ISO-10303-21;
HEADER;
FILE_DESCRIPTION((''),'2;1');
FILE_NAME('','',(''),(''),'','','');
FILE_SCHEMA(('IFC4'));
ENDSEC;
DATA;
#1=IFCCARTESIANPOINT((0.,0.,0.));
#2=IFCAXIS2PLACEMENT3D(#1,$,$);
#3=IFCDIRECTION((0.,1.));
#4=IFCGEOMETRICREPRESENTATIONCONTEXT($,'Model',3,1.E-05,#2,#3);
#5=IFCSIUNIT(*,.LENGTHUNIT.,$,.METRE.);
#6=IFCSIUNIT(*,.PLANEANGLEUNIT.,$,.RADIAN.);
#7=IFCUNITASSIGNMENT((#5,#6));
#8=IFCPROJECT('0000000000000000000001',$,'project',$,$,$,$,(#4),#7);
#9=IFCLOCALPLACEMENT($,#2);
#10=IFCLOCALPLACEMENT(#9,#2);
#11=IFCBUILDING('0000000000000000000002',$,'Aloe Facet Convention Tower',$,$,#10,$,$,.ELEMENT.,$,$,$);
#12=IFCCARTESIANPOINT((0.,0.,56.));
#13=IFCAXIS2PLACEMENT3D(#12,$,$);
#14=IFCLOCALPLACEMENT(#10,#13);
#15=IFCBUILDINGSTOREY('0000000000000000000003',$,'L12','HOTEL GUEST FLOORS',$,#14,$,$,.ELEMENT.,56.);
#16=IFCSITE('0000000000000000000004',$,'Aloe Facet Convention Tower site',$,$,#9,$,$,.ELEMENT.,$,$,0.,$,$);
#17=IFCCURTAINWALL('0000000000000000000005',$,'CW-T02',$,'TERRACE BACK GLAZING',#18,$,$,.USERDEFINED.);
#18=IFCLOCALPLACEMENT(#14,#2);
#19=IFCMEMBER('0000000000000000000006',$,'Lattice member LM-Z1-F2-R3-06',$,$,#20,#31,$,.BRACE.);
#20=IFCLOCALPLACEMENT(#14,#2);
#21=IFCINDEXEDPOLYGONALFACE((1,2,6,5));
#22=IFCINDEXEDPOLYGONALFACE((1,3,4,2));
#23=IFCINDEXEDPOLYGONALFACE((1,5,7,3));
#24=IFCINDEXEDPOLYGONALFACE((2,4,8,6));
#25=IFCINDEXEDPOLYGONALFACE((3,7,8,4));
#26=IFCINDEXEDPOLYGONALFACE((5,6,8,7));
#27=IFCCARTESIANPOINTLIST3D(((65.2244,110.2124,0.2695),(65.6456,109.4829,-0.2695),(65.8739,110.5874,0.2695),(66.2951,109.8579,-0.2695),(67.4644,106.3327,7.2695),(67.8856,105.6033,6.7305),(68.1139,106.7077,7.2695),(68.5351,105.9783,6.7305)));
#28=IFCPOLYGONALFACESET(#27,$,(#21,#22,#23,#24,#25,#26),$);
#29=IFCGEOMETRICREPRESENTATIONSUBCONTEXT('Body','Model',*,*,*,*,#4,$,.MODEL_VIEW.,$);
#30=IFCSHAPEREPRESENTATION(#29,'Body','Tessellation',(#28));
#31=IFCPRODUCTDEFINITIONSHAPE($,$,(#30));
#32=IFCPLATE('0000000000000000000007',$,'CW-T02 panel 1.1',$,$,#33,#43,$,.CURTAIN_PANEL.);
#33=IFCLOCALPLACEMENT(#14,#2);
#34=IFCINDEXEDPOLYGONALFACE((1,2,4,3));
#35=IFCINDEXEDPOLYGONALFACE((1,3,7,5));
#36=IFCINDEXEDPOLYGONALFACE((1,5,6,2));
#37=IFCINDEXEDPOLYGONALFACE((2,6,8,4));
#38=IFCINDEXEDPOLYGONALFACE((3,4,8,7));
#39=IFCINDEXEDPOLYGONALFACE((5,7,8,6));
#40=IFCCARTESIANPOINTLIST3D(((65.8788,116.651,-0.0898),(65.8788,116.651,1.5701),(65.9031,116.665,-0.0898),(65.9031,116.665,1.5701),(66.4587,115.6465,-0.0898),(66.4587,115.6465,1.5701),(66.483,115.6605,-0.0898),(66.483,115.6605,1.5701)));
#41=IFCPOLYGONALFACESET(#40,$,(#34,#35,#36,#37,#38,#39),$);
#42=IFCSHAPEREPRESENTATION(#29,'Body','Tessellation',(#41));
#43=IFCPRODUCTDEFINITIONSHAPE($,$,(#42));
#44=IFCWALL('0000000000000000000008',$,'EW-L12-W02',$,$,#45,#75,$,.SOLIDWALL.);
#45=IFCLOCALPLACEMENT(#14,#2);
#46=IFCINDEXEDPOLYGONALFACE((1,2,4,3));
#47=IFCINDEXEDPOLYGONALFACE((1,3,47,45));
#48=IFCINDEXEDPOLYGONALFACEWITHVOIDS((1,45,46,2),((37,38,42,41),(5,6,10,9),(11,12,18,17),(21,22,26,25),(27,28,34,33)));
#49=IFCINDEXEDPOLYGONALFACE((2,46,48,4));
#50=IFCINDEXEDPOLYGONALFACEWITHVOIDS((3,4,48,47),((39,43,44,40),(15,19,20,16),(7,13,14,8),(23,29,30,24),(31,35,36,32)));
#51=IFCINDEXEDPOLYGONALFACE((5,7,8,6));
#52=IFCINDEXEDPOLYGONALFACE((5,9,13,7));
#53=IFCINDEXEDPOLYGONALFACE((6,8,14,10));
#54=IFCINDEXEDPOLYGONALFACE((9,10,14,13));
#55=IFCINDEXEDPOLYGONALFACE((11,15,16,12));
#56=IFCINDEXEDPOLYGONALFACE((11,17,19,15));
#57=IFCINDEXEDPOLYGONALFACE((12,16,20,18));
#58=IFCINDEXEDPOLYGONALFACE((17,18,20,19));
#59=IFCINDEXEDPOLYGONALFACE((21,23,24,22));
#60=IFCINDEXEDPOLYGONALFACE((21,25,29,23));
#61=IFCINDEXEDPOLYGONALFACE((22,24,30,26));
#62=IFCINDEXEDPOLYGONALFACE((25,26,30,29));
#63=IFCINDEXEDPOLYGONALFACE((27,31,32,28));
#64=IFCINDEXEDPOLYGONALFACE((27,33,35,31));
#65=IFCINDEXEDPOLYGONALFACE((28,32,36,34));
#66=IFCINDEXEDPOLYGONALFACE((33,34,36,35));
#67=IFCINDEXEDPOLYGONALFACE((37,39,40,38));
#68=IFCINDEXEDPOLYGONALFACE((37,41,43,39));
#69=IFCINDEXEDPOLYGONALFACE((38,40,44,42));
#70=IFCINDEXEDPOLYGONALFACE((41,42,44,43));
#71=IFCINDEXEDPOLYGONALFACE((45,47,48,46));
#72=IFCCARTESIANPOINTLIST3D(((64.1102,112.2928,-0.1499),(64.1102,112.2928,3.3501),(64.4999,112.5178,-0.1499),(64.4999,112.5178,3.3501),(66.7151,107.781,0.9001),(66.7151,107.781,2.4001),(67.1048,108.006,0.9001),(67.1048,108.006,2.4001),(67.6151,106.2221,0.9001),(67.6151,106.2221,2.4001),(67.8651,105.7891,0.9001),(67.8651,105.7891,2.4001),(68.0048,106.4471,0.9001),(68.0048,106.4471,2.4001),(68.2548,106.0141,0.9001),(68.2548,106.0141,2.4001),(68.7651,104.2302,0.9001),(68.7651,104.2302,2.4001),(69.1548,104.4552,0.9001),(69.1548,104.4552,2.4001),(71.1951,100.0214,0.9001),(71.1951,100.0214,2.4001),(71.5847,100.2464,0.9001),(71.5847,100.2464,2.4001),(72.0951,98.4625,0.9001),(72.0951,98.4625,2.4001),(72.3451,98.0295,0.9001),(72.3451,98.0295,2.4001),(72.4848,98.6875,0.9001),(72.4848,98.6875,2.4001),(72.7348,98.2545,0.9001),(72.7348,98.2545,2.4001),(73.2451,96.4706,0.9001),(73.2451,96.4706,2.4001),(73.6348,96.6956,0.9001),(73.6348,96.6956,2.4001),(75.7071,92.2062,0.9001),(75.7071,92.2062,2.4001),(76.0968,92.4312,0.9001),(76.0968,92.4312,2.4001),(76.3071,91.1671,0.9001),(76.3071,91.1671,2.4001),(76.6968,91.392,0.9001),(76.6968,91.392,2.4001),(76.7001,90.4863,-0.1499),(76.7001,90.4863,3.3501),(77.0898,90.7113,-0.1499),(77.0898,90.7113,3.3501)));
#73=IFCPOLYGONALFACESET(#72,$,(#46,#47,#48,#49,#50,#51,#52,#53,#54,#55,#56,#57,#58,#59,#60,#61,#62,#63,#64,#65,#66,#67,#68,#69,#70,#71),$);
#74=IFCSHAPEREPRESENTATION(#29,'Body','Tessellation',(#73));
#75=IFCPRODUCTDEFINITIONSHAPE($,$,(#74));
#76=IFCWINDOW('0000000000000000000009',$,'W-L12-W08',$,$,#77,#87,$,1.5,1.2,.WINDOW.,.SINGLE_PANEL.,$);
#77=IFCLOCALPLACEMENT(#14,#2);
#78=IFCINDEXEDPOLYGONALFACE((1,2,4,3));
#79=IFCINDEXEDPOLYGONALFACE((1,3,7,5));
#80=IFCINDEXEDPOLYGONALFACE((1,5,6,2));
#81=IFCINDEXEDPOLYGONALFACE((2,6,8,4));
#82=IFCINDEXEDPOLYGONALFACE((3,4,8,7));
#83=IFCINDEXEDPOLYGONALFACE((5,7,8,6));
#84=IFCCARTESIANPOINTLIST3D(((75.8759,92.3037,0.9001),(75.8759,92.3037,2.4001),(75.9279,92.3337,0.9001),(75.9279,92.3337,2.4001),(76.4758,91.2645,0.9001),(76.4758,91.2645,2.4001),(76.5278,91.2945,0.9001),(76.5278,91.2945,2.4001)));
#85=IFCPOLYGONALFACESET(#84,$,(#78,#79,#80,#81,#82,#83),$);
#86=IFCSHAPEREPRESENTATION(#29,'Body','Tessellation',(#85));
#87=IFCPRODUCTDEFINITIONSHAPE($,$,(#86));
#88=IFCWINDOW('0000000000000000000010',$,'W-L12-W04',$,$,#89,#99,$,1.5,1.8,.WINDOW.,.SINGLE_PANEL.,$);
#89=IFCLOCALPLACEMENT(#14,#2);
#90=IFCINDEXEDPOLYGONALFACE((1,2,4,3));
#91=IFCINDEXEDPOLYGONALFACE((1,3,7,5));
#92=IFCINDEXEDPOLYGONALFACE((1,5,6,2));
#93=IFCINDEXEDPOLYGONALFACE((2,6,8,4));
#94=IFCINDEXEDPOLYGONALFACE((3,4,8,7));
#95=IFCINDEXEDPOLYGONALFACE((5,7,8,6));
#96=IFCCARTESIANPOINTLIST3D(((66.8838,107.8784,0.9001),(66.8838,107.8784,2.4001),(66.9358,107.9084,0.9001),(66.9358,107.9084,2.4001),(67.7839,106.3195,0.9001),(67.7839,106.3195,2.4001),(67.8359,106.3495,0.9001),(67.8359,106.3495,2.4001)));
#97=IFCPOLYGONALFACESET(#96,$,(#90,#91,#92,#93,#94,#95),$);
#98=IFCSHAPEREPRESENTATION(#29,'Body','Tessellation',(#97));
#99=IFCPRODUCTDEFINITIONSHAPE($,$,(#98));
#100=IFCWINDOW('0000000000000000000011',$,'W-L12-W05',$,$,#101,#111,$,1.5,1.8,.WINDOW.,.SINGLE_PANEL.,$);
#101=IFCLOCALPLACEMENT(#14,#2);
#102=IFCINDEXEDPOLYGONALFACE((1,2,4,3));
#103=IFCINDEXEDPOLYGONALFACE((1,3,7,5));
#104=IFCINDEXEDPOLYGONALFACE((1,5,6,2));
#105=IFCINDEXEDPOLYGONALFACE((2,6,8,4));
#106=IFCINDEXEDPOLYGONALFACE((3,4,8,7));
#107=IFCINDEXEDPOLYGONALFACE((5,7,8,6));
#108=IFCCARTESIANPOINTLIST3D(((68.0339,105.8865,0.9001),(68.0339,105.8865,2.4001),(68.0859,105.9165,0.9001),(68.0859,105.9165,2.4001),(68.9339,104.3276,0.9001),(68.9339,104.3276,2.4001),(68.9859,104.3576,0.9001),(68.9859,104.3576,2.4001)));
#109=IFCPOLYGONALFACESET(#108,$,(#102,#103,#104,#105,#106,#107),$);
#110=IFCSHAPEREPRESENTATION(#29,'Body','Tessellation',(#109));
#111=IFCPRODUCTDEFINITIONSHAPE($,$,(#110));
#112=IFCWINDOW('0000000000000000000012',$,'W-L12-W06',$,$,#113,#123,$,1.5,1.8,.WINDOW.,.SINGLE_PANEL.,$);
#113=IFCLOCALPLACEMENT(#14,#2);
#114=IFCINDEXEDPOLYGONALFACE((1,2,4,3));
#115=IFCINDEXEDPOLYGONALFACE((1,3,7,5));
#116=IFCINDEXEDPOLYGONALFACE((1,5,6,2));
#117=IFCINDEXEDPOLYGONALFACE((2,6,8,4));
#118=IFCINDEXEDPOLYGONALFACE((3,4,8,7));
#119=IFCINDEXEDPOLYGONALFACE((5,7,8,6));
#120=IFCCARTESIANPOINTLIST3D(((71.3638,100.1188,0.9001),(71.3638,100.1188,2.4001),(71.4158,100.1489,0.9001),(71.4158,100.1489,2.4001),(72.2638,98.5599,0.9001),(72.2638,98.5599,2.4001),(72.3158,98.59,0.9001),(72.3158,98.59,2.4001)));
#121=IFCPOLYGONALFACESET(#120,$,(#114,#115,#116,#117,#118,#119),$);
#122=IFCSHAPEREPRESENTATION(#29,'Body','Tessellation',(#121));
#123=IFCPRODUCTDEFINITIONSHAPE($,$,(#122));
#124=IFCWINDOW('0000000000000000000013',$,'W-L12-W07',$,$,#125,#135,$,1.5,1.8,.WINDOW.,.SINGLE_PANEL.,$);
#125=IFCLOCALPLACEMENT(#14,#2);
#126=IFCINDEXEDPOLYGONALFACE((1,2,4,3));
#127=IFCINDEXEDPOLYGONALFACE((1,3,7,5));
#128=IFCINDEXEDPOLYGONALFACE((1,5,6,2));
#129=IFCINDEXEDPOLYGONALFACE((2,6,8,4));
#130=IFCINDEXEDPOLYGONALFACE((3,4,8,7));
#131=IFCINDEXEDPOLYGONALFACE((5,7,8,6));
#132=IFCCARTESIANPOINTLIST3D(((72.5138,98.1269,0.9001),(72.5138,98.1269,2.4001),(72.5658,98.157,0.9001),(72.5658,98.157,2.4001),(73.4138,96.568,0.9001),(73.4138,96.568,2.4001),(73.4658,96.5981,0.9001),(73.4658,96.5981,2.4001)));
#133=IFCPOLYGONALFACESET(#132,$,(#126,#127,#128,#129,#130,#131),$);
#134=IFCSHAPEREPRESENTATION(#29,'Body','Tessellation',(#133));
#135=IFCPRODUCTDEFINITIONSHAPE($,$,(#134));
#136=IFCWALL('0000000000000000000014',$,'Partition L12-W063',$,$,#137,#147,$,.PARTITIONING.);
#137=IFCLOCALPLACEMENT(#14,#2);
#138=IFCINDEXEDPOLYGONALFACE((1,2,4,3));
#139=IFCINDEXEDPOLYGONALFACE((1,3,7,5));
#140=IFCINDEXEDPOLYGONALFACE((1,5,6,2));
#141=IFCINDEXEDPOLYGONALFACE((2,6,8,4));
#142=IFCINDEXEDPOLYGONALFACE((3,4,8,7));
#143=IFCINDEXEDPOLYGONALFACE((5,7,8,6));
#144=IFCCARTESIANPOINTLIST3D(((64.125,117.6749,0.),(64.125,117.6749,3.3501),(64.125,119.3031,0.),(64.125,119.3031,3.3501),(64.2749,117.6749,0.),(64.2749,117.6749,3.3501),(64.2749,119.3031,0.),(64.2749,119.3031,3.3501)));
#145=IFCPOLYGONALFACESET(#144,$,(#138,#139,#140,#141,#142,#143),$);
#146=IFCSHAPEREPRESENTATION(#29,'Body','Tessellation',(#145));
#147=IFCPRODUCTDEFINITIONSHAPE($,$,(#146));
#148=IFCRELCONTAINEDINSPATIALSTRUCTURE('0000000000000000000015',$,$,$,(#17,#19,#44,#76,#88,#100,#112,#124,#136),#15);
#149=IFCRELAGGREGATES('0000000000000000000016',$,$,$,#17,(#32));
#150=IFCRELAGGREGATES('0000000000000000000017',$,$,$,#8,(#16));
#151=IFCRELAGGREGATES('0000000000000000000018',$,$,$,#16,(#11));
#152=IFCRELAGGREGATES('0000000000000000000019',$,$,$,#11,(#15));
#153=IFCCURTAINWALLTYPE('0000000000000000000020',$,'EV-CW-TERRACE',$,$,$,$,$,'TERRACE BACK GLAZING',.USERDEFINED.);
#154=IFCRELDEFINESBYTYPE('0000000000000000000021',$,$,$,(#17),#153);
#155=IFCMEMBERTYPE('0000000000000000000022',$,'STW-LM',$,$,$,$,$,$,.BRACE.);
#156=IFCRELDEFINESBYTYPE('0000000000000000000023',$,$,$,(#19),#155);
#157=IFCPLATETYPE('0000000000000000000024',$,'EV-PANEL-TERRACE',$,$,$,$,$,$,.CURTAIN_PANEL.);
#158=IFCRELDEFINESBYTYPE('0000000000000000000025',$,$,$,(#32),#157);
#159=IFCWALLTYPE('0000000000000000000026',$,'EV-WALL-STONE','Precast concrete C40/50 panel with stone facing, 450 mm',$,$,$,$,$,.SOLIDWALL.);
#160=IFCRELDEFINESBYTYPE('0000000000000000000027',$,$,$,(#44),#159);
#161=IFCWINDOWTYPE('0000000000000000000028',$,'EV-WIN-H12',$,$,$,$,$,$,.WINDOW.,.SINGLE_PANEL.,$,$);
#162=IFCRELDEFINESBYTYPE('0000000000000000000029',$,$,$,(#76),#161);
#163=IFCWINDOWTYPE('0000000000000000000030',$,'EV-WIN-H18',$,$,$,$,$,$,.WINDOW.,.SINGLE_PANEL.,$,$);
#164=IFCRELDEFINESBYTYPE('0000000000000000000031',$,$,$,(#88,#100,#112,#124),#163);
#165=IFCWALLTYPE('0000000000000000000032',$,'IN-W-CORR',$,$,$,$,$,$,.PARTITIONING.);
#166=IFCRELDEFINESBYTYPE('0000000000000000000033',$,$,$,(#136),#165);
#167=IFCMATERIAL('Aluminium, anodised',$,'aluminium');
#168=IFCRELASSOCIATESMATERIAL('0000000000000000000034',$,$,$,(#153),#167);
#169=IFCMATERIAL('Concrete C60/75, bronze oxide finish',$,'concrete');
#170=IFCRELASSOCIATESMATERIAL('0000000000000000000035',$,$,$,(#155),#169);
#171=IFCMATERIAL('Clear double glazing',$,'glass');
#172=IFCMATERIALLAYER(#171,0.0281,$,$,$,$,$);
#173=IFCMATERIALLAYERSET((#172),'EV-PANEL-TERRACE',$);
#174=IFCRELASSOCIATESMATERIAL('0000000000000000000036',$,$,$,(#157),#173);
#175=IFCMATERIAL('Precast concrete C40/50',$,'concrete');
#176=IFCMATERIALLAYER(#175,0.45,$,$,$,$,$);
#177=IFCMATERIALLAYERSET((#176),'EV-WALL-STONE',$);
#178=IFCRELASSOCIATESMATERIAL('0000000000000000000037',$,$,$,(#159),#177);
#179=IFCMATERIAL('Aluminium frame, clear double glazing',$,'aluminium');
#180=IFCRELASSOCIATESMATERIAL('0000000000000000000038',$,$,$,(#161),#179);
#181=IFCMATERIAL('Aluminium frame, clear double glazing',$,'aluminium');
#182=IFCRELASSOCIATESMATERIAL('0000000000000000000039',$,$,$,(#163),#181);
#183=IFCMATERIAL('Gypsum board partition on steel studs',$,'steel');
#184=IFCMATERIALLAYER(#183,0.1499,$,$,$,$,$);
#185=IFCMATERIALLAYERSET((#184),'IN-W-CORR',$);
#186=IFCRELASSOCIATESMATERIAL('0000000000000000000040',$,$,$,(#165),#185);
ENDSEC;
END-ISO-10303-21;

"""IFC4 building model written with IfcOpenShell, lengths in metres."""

from ifc_helpers import new_model, si_unit, direction, frame, frame_2d, origin, origin_2d, place, context, subcontext, project, spatial, polyline, rectangle, outline, extrude, material, layer, layer_set, material_profile, profile_set, type_object, element, fill, aggregate, save


model = new_model("IFC4")

# Units and contexts
model_context = context("Model", 3, precision=1e-05, world=origin(), true_north=direction((0.0, 1.0)))
body_context = subcontext(model_context, "Body", "Model", "MODEL_VIEW")
ifc_project = project(units=[si_unit("LENGTHUNIT", "METRE"), si_unit("PLANEANGLEUNIT", "RADIAN")], contexts=[model_context])

# Site, building, storey
site_placement = place(None, origin())
site = spatial("IfcSite", under=ifc_project, at=site_placement, Name="Aloe Facet Convention Tower site", CompositionType="ELEMENT", RefElevation=0.0)
building_placement = place(site_placement, origin())
building = spatial("IfcBuilding", under=site, at=building_placement, Name="Aloe Facet Convention Tower", CompositionType="ELEMENT")
storey_placement = place(building_placement, frame((0.0, 0.0, 56.0)))
storey = spatial("IfcBuildingStorey", under=building, at=storey_placement, Name="L12", Description="HOTEL GUEST FLOORS", CompositionType="ELEMENT", Elevation=56.0)

# Curtain wall
ifc_material_1 = material(Name="Aluminium, anodised", Category="aluminium")
curtain_wall_type = type_object("IfcCurtainWallType", Name="EV-CW-TERRACE", ElementType="TERRACE BACK GLAZING", PredefinedType="USERDEFINED", material=ifc_material_1)
curtain_wall_placement = place(storey_placement, origin())
curtain_wall = element("IfcCurtainWall", 1, at=curtain_wall_placement, inside=storey, type_object=curtain_wall_type, Name="CW-T02", ObjectType="TERRACE BACK GLAZING", PredefinedType="USERDEFINED")

# Member
ifc_material_2 = material(Name="Concrete C60/75, bronze oxide finish", Category="concrete")
ifc_material_profile_1 = material_profile(ifc_material_2, rectangle(XDim=0.75, YDim=1.0, at=origin_2d()), Name="STW-LM")
ifc_profile_set_1 = profile_set([ifc_material_profile_1], Name="Concrete C60/75, bronze oxide finish")
member_type_1 = type_object("IfcMemberType", Name="STW-LM", PredefinedType="BRACE", material=ifc_profile_set_1)
for number, where, z_axis, x_axis, name in (
    (2, (65.7598, 110.0352, 0.0), (0.269528, -0.46682, 0.842279), (0.866018, 0.500013, 0.0), "Lattice member LM-Z1-F2-R3-06"),
):
    element("IfcMember", number, at=place(storey_placement, frame(where, z_axis=z_axis, x_axis=x_axis)), inside=storey, type_object=member_type_1, Name=name, PredefinedType="BRACE", context=body_context, shape_type="SweptSolid", body=[
        extrude(rectangle(XDim=0.75, YDim=1.0, at=origin_2d()), origin(), (0.0, 0.0, 1.0), 8.3108),
    ])

# Plate
ifc_material_3 = material(Name="Clear double glazing", Category="glass")
ifc_layer_1 = layer(ifc_material_3, 0.0281)
ifc_layer_set_1 = layer_set([ifc_layer_1], Name="EV-PANEL-TERRACE")
plate_type = type_object("IfcPlateType", Name="EV-PANEL-TERRACE", PredefinedType="CURTAIN_PANEL", material=ifc_layer_set_1)
plate_placement = place(storey_placement, frame((66.1809, 116.1558, -0.0898), z_axis=(0.0, 0.0, 1.0), x_axis=(0.5, -0.866025, 0.0)))
plate = element("IfcPlate", 3, at=plate_placement, type_object=plate_type, Name="CW-T02 panel 1.1", PredefinedType="CURTAIN_PANEL", context=body_context, shape_type="SweptSolid", body=[
    extrude(rectangle(XDim=1.1599, YDim=0.0281, at=origin_2d()), origin(), (0.0, 0.0, 1.0), 1.6599),
])
aggregate(curtain_wall, [plate])

# Wall, openings, windows
ifc_material_4 = material(Name="Precast concrete C40/50", Category="concrete")
ifc_layer_2 = layer(ifc_material_4, 0.45)
ifc_layer_set_2 = layer_set([ifc_layer_2], Name="EV-WALL-STONE")
wall_type_1 = type_object("IfcWallType", Name="EV-WALL-STONE", Description="Precast concrete C40/50 panel with stone facing, 450 mm", PredefinedType="SOLIDWALL", material=ifc_layer_set_2)
wall_1_placement = place(storey_placement, frame((64.3049, 112.4053, -0.1499), z_axis=(0.0, 0.0, 1.0), x_axis=(0.499997, -0.866027, 0.0)))
wall_1 = element("IfcWall", 4, at=wall_1_placement, inside=storey, type_object=wall_type_1, Name="EW-L12-W02", PredefinedType="SOLIDWALL", context=body_context, shape_type="SweptSolid", body=[
    extrude(outline(polyline([(25.1799, 3.5), (25.1799, 0.0), (0.0, 0.0), (0.0, 3.5), (25.1799, 3.5)])), frame((0.0, 0.2251, 0.0), z_axis=(0.0, -1.0, 0.0), x_axis=(1.0, 0.0, 0.0)), (0.0, 0.0, 1.0), 0.45),
])
opening_1_placement = place(wall_1_placement, frame((5.21, 0.0, 1.05)))
opening_1 = element("IfcOpeningElement", 5, at=opening_1_placement, cuts=wall_1, PredefinedType="OPENING", context=body_context, shape_type="SweptSolid", body=[
    extrude(rectangle(XDim=1.8, YDim=1.5, at=frame_2d((0.8999, 0.75))), frame((0.0, 0.2349, 0.0), z_axis=(0.0, -1.0, 0.0), x_axis=(1.0, 0.0, 0.0)), (0.0, 0.0, 1.0), 0.47),
])
opening_2_placement = place(wall_1_placement, frame((7.51, 0.0, 1.05)))
opening_2 = element("IfcOpeningElement", 6, at=opening_2_placement, cuts=wall_1, PredefinedType="OPENING", context=body_context, shape_type="SweptSolid", body=[
    extrude(rectangle(XDim=1.8, YDim=1.5, at=frame_2d((0.8999, 0.75))), frame((0.0, 0.2349, 0.0), z_axis=(0.0, -1.0, 0.0), x_axis=(1.0, 0.0, 0.0)), (0.0, 0.0, 1.0), 0.47),
])
opening_3_placement = place(wall_1_placement, frame((14.1699, 0.0, 1.05)))
opening_3 = element("IfcOpeningElement", 7, at=opening_3_placement, cuts=wall_1, PredefinedType="OPENING", context=body_context, shape_type="SweptSolid", body=[
    extrude(rectangle(XDim=1.8, YDim=1.5, at=frame_2d((0.8999, 0.75))), frame((0.0, 0.2349, 0.0), z_axis=(0.0, -1.0, 0.0), x_axis=(1.0, 0.0, 0.0)), (0.0, 0.0, 1.0), 0.47),
])
opening_4_placement = place(wall_1_placement, frame((16.47, 0.0, 1.05)))
opening_4 = element("IfcOpeningElement", 8, at=opening_4_placement, cuts=wall_1, PredefinedType="OPENING", context=body_context, shape_type="SweptSolid", body=[
    extrude(rectangle(XDim=1.8, YDim=1.5, at=frame_2d((0.8999, 0.75))), frame((0.0, 0.2349, 0.0), z_axis=(0.0, -1.0, 0.0), x_axis=(1.0, 0.0, 0.0)), (0.0, 0.0, 1.0), 0.47),
])
opening_5_placement = place(wall_1_placement, frame((23.1938, 0.0, 1.05)))
opening_5 = element("IfcOpeningElement", 9, at=opening_5_placement, cuts=wall_1, PredefinedType="OPENING", context=body_context, shape_type="SweptSolid", body=[
    extrude(rectangle(XDim=1.2, YDim=1.5, at=frame_2d((0.6001, 0.75))), frame((0.0, 0.2349, 0.0), z_axis=(0.0, -1.0, 0.0), x_axis=(1.0, 0.0, 0.0)), (0.0, 0.0, 1.0), 0.47),
])
ifc_material_5 = material(Name="Aluminium frame, clear double glazing", Category="aluminium")
window_type_1 = type_object("IfcWindowType", Name="EV-WIN-H12", PartitioningType="SINGLE_PANEL", PredefinedType="WINDOW", material=ifc_material_5)
window_1_placement = place(opening_5_placement, origin())
window_1 = element("IfcWindow", 10, at=window_1_placement, inside=storey, type_object=window_type_1, Name="W-L12-W08", OverallHeight=1.5, OverallWidth=1.2, PartitioningType="SINGLE_PANEL", PredefinedType="WINDOW", context=body_context, shape_type="SweptSolid", body=[
    extrude(rectangle(XDim=1.2, YDim=1.5, at=frame_2d((0.6001, 0.75))), frame((0.0, 0.03, 0.0), z_axis=(0.0, -1.0, 0.0), x_axis=(1.0, 0.0, 0.0)), (0.0, 0.0, 1.0), 0.0601),
])
fill(opening_5, window_1)
ifc_material_6 = material(Name="Aluminium frame, clear double glazing", Category="aluminium")
window_type_2 = type_object("IfcWindowType", Name="EV-WIN-H18", PartitioningType="SINGLE_PANEL", PredefinedType="WINDOW", material=ifc_material_6)
window_2_placement = place(opening_1_placement, origin())
window_2 = element("IfcWindow", 11, at=window_2_placement, inside=storey, type_object=window_type_2, Name="W-L12-W04", OverallHeight=1.5, OverallWidth=1.8, PartitioningType="SINGLE_PANEL", PredefinedType="WINDOW", context=body_context, shape_type="SweptSolid", body=[
    extrude(rectangle(XDim=1.8, YDim=1.5, at=frame_2d((0.8999, 0.75))), frame((0.0, 0.03, 0.0), z_axis=(0.0, -1.0, 0.0), x_axis=(1.0, 0.0, 0.0)), (0.0, 0.0, 1.0), 0.0601),
])
fill(opening_1, window_2)
window_3_placement = place(opening_2_placement, origin())
window_3 = element("IfcWindow", 12, at=window_3_placement, inside=storey, type_object=window_type_2, Name="W-L12-W05", OverallHeight=1.5, OverallWidth=1.8, PartitioningType="SINGLE_PANEL", PredefinedType="WINDOW", context=body_context, shape_type="SweptSolid", body=[
    extrude(rectangle(XDim=1.8, YDim=1.5, at=frame_2d((0.8999, 0.75))), frame((0.0, 0.03, 0.0), z_axis=(0.0, -1.0, 0.0), x_axis=(1.0, 0.0, 0.0)), (0.0, 0.0, 1.0), 0.0601),
])
fill(opening_2, window_3)
window_4_placement = place(opening_3_placement, origin())
window_4 = element("IfcWindow", 13, at=window_4_placement, inside=storey, type_object=window_type_2, Name="W-L12-W06", OverallHeight=1.5, OverallWidth=1.8, PartitioningType="SINGLE_PANEL", PredefinedType="WINDOW", context=body_context, shape_type="SweptSolid", body=[
    extrude(rectangle(XDim=1.8, YDim=1.5, at=frame_2d((0.8999, 0.75))), frame((0.0, 0.03, 0.0), z_axis=(0.0, -1.0, 0.0), x_axis=(1.0, 0.0, 0.0)), (0.0, 0.0, 1.0), 0.0601),
])
fill(opening_3, window_4)
window_5_placement = place(opening_4_placement, origin())
window_5 = element("IfcWindow", 14, at=window_5_placement, inside=storey, type_object=window_type_2, Name="W-L12-W07", OverallHeight=1.5, OverallWidth=1.8, PartitioningType="SINGLE_PANEL", PredefinedType="WINDOW", context=body_context, shape_type="SweptSolid", body=[
    extrude(rectangle(XDim=1.8, YDim=1.5, at=frame_2d((0.8999, 0.75))), frame((0.0, 0.03, 0.0), z_axis=(0.0, -1.0, 0.0), x_axis=(1.0, 0.0, 0.0)), (0.0, 0.0, 1.0), 0.0601),
])
fill(opening_4, window_5)

# Wall
ifc_material_7 = material(Name="Gypsum board partition on steel studs", Category="steel")
ifc_layer_3 = layer(ifc_material_7, 0.1499)
ifc_layer_set_3 = layer_set([ifc_layer_3], Name="IN-W-CORR")
wall_type_2 = type_object("IfcWallType", Name="IN-W-CORR", PredefinedType="PARTITIONING", material=ifc_layer_set_3)
wall_2_placement = place(storey_placement, frame((64.2, 117.675, 0.0), z_axis=(0.0, 0.0, 1.0), x_axis=(0.0, 1.0, 0.0)))
element("IfcWall", 15, at=wall_2_placement, inside=storey, type_object=wall_type_2, Name="Partition L12-W063", PredefinedType="PARTITIONING", context=body_context, shape_type="SweptSolid", body=[
    extrude(rectangle(XDim=1.6282, YDim=0.1499, at=frame_2d((0.814, 0.0))), origin(), (0.0, 0.0, 1.0), 3.3501),
])

save(model, "model.ifc")
